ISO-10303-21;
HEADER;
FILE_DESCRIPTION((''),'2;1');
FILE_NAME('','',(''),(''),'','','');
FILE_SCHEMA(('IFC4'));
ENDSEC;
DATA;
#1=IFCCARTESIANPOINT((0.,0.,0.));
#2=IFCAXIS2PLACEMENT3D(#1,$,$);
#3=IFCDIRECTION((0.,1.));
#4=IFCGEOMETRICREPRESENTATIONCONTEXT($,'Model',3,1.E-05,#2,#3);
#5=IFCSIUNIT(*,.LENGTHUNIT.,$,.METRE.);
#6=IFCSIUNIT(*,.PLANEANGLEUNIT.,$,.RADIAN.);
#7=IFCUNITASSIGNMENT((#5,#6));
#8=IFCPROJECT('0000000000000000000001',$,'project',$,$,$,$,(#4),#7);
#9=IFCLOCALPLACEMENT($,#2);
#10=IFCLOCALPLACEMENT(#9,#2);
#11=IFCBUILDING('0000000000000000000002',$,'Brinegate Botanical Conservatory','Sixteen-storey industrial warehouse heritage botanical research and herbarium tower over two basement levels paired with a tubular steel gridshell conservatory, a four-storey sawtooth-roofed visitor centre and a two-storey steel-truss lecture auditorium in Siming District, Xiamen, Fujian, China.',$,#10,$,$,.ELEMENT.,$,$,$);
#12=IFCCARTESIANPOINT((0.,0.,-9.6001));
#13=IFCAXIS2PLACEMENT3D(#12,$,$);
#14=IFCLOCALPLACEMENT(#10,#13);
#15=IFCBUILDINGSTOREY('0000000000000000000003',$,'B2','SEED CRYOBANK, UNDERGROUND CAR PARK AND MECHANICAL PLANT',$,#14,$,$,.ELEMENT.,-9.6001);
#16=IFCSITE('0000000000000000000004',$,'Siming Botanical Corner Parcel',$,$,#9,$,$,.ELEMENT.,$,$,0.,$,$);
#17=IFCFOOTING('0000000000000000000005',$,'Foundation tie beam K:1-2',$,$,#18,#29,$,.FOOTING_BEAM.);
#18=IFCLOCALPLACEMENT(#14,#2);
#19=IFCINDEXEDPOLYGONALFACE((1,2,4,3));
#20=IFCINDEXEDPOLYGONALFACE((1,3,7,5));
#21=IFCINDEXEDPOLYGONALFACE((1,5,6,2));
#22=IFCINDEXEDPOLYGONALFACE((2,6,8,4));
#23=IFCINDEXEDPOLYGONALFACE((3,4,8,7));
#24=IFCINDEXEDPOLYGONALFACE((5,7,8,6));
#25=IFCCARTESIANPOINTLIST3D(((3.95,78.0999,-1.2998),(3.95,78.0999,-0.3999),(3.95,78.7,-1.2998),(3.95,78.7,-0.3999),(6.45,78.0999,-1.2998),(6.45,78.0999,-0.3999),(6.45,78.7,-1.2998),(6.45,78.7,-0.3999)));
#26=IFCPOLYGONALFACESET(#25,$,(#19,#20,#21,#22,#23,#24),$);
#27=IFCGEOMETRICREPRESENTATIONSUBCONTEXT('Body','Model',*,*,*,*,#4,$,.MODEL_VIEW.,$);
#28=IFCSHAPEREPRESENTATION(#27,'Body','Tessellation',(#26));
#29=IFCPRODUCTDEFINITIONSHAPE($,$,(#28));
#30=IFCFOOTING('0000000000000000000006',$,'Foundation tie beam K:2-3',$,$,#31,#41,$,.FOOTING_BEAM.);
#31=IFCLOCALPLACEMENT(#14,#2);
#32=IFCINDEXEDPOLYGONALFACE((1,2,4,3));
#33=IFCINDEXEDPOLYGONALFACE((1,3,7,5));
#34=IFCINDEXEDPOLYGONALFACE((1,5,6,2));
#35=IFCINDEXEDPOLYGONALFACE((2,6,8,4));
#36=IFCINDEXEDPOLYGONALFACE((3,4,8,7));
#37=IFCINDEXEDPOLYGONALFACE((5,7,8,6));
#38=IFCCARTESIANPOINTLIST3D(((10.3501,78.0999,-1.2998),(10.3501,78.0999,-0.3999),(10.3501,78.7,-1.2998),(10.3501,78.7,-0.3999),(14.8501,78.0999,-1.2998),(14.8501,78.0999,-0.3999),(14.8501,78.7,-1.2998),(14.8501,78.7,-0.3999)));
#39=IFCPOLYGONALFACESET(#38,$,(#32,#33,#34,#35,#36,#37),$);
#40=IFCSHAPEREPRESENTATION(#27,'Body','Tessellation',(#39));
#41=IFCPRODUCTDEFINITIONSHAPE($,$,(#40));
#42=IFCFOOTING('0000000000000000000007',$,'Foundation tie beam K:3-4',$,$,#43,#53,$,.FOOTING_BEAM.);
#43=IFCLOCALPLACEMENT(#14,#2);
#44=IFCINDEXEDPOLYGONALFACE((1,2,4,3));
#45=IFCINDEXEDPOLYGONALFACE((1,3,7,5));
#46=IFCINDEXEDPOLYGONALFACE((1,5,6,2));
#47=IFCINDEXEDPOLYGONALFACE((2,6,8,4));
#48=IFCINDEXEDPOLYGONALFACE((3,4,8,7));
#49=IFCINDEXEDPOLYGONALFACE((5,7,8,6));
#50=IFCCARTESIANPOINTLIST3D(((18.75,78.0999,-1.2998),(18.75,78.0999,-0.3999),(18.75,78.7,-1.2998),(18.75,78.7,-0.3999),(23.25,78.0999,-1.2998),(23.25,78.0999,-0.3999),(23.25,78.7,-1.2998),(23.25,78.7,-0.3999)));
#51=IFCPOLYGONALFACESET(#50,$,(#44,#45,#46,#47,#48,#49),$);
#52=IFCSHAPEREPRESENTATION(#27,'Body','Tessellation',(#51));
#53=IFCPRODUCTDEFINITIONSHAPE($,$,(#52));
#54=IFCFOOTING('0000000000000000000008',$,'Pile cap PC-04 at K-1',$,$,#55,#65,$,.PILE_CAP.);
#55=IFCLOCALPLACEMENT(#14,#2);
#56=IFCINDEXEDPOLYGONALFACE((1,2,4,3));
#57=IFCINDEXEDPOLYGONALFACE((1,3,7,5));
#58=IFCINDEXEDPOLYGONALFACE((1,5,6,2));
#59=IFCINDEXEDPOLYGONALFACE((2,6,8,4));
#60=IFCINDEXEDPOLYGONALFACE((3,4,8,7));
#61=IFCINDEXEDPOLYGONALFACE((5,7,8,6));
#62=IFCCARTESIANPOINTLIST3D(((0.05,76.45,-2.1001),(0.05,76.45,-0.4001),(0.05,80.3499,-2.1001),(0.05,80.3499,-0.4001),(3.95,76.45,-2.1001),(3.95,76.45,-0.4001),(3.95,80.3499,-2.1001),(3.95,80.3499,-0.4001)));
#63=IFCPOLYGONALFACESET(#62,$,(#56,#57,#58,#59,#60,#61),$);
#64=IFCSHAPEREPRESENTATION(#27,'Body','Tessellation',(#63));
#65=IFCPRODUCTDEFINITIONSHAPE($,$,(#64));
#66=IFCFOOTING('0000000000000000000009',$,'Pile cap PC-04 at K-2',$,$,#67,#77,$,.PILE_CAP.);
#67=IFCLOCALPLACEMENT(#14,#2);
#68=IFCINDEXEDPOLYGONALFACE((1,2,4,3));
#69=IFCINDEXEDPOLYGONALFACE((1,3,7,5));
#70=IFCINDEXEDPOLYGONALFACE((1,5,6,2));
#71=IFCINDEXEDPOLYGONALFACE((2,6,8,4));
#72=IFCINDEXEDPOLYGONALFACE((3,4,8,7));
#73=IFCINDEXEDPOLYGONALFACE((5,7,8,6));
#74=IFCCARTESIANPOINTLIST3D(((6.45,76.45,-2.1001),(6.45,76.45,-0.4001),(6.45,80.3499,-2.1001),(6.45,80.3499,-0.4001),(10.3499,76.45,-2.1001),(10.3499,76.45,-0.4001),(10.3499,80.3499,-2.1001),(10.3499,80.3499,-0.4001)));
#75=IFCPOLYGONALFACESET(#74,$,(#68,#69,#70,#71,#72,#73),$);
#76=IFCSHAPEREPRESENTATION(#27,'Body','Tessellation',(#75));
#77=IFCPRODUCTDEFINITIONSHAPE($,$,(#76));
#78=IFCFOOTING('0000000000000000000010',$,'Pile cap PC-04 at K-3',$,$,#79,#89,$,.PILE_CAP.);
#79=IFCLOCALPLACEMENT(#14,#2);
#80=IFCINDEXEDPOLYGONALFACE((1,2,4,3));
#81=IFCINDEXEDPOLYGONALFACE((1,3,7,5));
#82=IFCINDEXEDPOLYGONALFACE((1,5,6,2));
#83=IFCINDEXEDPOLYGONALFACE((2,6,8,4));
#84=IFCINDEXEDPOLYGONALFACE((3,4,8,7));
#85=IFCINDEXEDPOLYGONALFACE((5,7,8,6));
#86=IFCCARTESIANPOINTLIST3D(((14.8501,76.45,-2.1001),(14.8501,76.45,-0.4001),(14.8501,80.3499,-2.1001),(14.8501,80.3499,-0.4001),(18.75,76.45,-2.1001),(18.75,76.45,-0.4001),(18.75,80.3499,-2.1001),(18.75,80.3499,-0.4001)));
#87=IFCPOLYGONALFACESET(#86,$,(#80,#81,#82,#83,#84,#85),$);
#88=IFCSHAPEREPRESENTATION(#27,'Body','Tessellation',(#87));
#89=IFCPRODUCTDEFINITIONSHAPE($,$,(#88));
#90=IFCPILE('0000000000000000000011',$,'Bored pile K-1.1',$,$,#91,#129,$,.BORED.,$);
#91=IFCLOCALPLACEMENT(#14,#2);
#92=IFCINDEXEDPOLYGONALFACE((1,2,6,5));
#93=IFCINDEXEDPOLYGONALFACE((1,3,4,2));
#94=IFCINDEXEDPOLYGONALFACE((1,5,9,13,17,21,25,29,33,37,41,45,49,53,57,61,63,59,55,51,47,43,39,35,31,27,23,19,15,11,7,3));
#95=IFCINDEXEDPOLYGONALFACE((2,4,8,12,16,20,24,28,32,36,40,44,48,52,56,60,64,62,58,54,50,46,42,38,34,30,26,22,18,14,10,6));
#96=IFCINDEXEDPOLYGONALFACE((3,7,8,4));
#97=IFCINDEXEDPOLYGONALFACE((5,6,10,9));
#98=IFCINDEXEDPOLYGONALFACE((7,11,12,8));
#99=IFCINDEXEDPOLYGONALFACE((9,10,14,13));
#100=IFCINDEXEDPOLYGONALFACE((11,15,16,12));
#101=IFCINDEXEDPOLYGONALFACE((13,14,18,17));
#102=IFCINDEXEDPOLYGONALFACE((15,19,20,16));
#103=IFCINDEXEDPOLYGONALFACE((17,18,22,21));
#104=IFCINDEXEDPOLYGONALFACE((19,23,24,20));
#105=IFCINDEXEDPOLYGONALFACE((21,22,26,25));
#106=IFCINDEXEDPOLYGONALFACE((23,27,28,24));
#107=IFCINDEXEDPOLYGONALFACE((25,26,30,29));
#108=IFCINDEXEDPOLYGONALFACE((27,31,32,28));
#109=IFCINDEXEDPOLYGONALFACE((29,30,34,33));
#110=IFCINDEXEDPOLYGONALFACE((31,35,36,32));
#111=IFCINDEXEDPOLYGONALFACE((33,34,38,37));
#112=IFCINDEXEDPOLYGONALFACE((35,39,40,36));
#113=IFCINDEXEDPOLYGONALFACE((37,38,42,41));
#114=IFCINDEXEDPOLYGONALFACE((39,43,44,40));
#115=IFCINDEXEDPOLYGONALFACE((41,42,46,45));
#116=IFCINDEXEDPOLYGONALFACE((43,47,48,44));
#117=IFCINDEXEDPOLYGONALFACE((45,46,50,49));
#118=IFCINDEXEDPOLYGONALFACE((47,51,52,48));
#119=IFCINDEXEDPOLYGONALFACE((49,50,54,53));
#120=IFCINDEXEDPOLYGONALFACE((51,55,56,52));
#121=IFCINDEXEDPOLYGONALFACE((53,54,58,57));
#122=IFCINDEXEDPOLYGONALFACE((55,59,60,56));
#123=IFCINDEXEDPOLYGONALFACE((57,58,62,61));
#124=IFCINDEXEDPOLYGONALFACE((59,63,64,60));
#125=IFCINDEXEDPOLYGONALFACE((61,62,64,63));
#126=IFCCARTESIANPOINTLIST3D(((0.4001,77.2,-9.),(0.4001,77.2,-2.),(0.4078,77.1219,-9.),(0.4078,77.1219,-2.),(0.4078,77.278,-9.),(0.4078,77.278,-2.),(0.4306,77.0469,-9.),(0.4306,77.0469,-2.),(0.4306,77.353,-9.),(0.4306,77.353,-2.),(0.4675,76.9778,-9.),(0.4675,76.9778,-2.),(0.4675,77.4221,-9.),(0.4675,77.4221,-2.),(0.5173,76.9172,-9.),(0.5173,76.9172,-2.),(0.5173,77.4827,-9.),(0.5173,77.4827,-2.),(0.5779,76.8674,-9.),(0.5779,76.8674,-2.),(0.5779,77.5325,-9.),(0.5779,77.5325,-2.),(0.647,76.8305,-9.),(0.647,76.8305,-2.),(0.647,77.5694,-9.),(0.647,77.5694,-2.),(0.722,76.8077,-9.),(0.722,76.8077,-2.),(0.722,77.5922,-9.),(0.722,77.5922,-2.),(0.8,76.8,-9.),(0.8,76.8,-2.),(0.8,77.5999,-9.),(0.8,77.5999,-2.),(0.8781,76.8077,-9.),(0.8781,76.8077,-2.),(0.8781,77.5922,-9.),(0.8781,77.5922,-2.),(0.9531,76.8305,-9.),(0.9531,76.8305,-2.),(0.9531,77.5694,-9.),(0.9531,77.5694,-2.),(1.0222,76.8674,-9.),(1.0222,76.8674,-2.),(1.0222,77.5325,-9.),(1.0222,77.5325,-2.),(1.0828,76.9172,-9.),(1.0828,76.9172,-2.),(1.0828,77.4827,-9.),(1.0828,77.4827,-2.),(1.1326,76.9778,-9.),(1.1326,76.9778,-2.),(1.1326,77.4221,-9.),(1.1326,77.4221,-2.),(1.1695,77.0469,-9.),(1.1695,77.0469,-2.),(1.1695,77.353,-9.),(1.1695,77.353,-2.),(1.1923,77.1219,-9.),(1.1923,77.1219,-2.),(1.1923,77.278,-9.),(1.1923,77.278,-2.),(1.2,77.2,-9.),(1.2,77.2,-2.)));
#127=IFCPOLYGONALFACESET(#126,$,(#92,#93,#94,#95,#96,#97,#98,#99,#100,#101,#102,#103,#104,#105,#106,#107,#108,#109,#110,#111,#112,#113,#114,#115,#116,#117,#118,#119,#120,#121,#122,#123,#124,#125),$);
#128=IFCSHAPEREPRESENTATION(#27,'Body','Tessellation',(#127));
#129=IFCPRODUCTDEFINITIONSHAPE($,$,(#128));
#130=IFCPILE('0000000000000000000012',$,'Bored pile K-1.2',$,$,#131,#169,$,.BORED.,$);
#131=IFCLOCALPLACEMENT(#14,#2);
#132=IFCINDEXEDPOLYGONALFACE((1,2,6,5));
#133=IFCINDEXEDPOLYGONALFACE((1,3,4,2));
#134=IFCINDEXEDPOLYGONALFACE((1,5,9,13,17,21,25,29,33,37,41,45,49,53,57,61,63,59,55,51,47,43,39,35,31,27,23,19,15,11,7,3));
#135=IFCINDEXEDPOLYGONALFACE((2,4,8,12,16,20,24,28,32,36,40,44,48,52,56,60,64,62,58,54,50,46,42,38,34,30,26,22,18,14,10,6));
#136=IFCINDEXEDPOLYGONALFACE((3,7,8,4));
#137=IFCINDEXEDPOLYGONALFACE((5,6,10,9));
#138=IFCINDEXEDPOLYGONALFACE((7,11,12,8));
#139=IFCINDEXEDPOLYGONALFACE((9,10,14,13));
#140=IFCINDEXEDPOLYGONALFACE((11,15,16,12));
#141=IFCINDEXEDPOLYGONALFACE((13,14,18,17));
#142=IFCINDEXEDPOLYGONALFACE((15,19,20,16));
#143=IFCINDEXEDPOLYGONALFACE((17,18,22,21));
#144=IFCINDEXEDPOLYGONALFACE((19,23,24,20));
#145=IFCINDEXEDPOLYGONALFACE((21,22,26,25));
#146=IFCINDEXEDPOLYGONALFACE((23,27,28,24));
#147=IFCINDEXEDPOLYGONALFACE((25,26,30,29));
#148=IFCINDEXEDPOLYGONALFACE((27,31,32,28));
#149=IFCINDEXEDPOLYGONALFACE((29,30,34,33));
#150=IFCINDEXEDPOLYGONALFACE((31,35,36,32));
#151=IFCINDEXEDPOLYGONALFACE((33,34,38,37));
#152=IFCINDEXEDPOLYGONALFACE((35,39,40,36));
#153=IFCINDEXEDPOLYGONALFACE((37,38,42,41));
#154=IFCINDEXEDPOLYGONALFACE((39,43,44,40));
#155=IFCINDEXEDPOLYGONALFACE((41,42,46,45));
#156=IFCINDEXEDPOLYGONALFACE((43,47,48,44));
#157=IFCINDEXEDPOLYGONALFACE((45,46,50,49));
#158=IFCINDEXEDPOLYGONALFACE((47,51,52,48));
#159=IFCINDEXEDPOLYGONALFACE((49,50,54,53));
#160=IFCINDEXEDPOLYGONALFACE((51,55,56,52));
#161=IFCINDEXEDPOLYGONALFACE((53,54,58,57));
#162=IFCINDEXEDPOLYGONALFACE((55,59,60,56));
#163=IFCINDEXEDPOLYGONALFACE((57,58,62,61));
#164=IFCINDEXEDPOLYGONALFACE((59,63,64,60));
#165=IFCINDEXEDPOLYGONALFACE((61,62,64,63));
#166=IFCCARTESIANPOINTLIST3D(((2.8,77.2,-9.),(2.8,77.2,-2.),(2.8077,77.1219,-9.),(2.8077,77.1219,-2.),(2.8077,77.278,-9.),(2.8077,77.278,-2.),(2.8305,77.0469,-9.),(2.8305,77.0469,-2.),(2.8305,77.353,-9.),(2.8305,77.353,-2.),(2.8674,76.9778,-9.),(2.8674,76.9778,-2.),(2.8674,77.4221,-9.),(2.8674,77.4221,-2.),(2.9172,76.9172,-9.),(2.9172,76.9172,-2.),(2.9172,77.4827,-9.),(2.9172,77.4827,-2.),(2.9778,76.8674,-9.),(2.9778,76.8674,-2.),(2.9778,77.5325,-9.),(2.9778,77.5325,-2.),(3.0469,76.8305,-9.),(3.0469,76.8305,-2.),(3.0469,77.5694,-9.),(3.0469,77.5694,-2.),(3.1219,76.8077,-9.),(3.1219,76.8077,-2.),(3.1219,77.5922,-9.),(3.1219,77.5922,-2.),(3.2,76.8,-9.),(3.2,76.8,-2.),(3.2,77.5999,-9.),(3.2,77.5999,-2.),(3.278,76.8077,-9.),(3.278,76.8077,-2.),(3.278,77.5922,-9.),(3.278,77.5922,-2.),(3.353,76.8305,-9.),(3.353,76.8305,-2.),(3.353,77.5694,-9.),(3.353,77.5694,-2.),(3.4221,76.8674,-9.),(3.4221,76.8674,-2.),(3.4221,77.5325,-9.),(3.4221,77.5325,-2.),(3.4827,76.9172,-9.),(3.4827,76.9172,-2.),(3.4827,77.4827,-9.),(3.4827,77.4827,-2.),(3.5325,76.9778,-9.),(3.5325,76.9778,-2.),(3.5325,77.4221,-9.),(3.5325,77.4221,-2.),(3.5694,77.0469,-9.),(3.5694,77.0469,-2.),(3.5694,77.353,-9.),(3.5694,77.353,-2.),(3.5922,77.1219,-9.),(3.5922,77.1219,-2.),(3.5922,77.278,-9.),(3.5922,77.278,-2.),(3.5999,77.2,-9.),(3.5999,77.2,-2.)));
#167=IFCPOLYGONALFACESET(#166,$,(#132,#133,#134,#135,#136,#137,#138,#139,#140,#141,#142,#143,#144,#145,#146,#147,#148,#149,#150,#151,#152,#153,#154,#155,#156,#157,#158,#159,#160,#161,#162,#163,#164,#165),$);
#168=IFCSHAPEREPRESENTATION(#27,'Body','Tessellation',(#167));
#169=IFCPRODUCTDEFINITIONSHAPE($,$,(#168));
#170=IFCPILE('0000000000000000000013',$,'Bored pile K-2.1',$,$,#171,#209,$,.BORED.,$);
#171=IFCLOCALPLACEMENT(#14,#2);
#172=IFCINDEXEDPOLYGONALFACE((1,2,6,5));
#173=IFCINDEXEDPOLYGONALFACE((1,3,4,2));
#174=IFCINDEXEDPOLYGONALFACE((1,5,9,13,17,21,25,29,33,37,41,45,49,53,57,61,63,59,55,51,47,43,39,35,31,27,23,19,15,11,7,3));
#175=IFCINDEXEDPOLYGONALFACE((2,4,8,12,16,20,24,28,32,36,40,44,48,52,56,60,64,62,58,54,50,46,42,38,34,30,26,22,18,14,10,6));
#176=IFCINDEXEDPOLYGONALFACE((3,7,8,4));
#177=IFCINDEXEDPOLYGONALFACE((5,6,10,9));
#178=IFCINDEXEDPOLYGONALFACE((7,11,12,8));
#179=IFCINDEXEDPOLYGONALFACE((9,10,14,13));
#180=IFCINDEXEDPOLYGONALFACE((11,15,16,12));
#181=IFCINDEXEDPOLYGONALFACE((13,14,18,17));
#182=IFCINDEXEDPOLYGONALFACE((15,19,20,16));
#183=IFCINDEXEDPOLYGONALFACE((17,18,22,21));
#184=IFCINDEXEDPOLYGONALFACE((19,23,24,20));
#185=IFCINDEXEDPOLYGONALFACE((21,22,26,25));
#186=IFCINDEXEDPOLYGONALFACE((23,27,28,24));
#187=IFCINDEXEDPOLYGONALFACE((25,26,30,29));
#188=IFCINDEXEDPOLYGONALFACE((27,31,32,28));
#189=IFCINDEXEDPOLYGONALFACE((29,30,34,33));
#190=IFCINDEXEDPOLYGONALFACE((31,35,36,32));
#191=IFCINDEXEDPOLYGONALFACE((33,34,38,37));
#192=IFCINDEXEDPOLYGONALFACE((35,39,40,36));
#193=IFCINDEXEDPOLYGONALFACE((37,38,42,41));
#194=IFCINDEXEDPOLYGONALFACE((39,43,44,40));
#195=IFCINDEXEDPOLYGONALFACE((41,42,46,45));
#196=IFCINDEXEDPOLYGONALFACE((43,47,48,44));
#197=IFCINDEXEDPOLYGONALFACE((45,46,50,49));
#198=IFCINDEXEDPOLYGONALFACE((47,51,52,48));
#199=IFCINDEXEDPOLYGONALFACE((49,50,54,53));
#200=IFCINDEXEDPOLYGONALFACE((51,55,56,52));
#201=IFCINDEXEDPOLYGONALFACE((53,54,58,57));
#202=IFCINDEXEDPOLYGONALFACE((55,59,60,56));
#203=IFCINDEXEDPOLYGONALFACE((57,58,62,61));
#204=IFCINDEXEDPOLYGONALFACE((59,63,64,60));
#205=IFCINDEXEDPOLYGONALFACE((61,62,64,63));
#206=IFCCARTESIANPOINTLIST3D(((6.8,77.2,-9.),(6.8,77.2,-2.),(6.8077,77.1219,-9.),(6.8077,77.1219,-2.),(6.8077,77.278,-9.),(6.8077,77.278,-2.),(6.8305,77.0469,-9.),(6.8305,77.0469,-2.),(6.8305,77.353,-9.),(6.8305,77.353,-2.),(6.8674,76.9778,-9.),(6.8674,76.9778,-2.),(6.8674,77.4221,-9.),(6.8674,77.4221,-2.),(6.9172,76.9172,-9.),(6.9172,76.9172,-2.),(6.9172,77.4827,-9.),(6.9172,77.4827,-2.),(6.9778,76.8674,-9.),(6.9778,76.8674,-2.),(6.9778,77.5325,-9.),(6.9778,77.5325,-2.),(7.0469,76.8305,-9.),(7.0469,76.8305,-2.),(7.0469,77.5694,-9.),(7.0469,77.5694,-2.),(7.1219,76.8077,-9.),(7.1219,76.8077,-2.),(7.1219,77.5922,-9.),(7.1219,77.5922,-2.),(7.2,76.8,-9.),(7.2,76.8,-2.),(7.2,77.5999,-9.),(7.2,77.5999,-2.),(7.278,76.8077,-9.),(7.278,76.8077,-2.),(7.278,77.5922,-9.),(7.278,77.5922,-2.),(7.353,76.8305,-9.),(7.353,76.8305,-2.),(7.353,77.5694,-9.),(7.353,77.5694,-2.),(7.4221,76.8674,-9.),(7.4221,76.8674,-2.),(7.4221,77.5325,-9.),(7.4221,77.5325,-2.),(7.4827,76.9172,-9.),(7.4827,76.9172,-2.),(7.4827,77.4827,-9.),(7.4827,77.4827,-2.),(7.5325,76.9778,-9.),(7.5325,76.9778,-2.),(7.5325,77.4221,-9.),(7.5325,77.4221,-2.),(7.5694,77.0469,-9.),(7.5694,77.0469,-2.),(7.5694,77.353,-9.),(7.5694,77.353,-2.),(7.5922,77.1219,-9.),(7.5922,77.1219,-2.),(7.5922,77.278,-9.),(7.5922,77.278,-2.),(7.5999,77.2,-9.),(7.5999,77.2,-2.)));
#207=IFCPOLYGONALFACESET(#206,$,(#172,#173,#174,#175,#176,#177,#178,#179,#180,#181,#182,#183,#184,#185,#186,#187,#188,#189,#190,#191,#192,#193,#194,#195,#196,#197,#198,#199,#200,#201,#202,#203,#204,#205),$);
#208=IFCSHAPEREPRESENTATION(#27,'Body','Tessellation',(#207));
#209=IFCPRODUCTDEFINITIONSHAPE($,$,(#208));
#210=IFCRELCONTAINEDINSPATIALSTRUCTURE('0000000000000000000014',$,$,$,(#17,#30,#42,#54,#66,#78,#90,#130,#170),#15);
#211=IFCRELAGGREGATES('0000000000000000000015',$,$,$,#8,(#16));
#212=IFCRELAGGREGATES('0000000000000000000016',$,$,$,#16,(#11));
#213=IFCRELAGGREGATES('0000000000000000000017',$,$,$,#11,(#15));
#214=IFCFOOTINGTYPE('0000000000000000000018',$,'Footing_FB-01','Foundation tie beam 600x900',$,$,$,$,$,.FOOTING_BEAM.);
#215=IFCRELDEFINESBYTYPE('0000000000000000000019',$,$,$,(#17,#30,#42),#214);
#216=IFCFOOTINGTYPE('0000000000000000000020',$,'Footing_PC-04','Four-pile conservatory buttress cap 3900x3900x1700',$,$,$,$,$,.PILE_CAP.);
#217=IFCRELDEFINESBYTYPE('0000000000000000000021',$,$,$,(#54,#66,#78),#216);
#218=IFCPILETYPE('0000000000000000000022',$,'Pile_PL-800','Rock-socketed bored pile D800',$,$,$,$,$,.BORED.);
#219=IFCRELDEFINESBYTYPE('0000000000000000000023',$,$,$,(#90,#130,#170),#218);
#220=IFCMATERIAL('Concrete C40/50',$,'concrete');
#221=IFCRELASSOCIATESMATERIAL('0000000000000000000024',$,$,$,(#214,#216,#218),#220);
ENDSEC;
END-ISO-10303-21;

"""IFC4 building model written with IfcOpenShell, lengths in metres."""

from ifc_helpers import new_model, si_unit, direction, frame, origin, origin_2d, place, context, subcontext, project, spatial, rectangle, circle, extrude, material, material_profile, profile_set, type_object, element, save


model = new_model("IFC4")

# Units and contexts
model_context = context("Model", 3, precision=1e-05, world=origin(), true_north=direction((0.0, 1.0)))
body_context = subcontext(model_context, "Body", "Model", "MODEL_VIEW")
ifc_project = project(units=[si_unit("LENGTHUNIT", "METRE"), si_unit("PLANEANGLEUNIT", "RADIAN")], contexts=[model_context])

# Site, building, storey
site_placement = place(None, origin())
site = spatial("IfcSite", under=ifc_project, at=site_placement, Name="Siming Botanical Corner Parcel", CompositionType="ELEMENT", RefElevation=0.0)
building_placement = place(site_placement, origin())
building = spatial("IfcBuilding", under=site, at=building_placement, Name="Brinegate Botanical Conservatory", Description="Sixteen-storey industrial warehouse heritage botanical research and herbarium tower over two basement levels paired with a tubular steel gridshell conservatory, a four-storey sawtooth-roofed visitor centre and a two-storey steel-truss lecture auditorium in Siming District, Xiamen, Fujian, China.", CompositionType="ELEMENT")
storey_placement = place(building_placement, frame((0.0, 0.0, -9.6001)))
storey = spatial("IfcBuildingStorey", under=building, at=storey_placement, Name="B2", Description="SEED CRYOBANK, UNDERGROUND CAR PARK AND MECHANICAL PLANT", CompositionType="ELEMENT", Elevation=-9.6001)

# Footings
ifc_material_1 = material(Name="Concrete C40/50", Category="concrete")
ifc_material_profile_1 = material_profile(ifc_material_1, rectangle(XDim=0.6001, YDim=0.8999, at=origin_2d()), Name="RC GB 600x900")
ifc_profile_set_1 = profile_set([ifc_material_profile_1], Name="Concrete C40/50")
footing_type_1 = type_object("IfcFootingType", Name="Footing_FB-01", Description="Foundation tie beam 600x900", PredefinedType="FOOTING_BEAM", material=ifc_profile_set_1)
footing_placement = place(storey_placement, frame((3.95, 78.3999, -0.8499), z_axis=(1.0, 0.0, 0.0), x_axis=(0.0, 1.0, 0.0)))
element("IfcFooting", 1, at=footing_placement, inside=storey, type_object=footing_type_1, Name="Foundation tie beam K:1-2", PredefinedType="FOOTING_BEAM", context=body_context, shape_type="SweptSolid", body=[
    extrude(rectangle(XDim=0.6001, YDim=0.8999, at=origin_2d()), origin(), (0.0, 0.0, 1.0), 2.5),
])
for number, where, z_axis, x_axis, name in (
    (2, (10.3501, 78.3999, -0.8499), (1.0, 0.0, 0.0), (0.0, 1.0, 0.0), "Foundation tie beam K:2-3"),
    (3, (18.75, 78.3999, -0.8499), (1.0, 0.0, 0.0), (0.0, 1.0, 0.0), "Foundation tie beam K:3-4"),
):
    element("IfcFooting", number, at=place(storey_placement, frame(where, z_axis=z_axis, x_axis=x_axis)), inside=storey, type_object=footing_type_1, Name=name, PredefinedType="FOOTING_BEAM", context=body_context, shape_type="SweptSolid", body=[
        extrude(rectangle(XDim=0.6001, YDim=0.8999, at=origin_2d()), origin(), (0.0, 0.0, 1.0), 4.5),
    ])
footing_type_2 = type_object("IfcFootingType", Name="Footing_PC-04", Description="Four-pile conservatory buttress cap 3900x3900x1700", PredefinedType="PILE_CAP", material=ifc_material_1)
for number, where, z_axis, x_axis, name in (
    (4, (2.0, 78.3999, -2.1001), (0.0, 0.0, 1.0), (1.0, 0.0, 0.0), "Pile cap PC-04 at K-1"),
    (5, (8.3999, 78.3999, -2.1001), (0.0, 0.0, 1.0), (1.0, 0.0, 0.0), "Pile cap PC-04 at K-2"),
    (6, (16.8, 78.3999, -2.1001), (0.0, 0.0, 1.0), (1.0, 0.0, 0.0), "Pile cap PC-04 at K-3"),
):
    element("IfcFooting", number, at=place(storey_placement, frame(where, z_axis=z_axis, x_axis=x_axis)), inside=storey, type_object=footing_type_2, Name=name, PredefinedType="PILE_CAP", context=body_context, shape_type="SweptSolid", body=[
        extrude(rectangle(XDim=3.8999, YDim=3.8999, at=origin_2d()), origin(), (0.0, 0.0, 1.0), 1.7),
    ])

# Piles
ifc_material_profile_2 = material_profile(ifc_material_1, circle(Radius=0.3999, at=origin_2d()), Name="PILE D800")
ifc_profile_set_2 = profile_set([ifc_material_profile_2], Name="Concrete C40/50")
pile_type = type_object("IfcPileType", Name="Pile_PL-800", Description="Rock-socketed bored pile D800", PredefinedType="BORED", material=ifc_profile_set_2)
for number, where, z_axis, x_axis, name in (
    (7, (0.8, 77.2, -2.0), (0.0, 0.0, -1.0), (1.0, 0.0, 0.0), "Bored pile K-1.1"),
    (8, (3.2, 77.2, -2.0), (0.0, 0.0, -1.0), (1.0, 0.0, 0.0), "Bored pile K-1.2"),
    (9, (7.2, 77.2, -2.0), (0.0, 0.0, -1.0), (1.0, 0.0, 0.0), "Bored pile K-2.1"),
):
    element("IfcPile", number, at=place(storey_placement, frame(where, z_axis=z_axis, x_axis=x_axis)), inside=storey, type_object=pile_type, Name=name, PredefinedType="BORED", context=body_context, shape_type="SweptSolid", body=[
        extrude(circle(Radius=0.3999, at=origin_2d()), origin(), (0.0, 0.0, 1.0), 7.0),
    ])

save(model, "model.ifc")
